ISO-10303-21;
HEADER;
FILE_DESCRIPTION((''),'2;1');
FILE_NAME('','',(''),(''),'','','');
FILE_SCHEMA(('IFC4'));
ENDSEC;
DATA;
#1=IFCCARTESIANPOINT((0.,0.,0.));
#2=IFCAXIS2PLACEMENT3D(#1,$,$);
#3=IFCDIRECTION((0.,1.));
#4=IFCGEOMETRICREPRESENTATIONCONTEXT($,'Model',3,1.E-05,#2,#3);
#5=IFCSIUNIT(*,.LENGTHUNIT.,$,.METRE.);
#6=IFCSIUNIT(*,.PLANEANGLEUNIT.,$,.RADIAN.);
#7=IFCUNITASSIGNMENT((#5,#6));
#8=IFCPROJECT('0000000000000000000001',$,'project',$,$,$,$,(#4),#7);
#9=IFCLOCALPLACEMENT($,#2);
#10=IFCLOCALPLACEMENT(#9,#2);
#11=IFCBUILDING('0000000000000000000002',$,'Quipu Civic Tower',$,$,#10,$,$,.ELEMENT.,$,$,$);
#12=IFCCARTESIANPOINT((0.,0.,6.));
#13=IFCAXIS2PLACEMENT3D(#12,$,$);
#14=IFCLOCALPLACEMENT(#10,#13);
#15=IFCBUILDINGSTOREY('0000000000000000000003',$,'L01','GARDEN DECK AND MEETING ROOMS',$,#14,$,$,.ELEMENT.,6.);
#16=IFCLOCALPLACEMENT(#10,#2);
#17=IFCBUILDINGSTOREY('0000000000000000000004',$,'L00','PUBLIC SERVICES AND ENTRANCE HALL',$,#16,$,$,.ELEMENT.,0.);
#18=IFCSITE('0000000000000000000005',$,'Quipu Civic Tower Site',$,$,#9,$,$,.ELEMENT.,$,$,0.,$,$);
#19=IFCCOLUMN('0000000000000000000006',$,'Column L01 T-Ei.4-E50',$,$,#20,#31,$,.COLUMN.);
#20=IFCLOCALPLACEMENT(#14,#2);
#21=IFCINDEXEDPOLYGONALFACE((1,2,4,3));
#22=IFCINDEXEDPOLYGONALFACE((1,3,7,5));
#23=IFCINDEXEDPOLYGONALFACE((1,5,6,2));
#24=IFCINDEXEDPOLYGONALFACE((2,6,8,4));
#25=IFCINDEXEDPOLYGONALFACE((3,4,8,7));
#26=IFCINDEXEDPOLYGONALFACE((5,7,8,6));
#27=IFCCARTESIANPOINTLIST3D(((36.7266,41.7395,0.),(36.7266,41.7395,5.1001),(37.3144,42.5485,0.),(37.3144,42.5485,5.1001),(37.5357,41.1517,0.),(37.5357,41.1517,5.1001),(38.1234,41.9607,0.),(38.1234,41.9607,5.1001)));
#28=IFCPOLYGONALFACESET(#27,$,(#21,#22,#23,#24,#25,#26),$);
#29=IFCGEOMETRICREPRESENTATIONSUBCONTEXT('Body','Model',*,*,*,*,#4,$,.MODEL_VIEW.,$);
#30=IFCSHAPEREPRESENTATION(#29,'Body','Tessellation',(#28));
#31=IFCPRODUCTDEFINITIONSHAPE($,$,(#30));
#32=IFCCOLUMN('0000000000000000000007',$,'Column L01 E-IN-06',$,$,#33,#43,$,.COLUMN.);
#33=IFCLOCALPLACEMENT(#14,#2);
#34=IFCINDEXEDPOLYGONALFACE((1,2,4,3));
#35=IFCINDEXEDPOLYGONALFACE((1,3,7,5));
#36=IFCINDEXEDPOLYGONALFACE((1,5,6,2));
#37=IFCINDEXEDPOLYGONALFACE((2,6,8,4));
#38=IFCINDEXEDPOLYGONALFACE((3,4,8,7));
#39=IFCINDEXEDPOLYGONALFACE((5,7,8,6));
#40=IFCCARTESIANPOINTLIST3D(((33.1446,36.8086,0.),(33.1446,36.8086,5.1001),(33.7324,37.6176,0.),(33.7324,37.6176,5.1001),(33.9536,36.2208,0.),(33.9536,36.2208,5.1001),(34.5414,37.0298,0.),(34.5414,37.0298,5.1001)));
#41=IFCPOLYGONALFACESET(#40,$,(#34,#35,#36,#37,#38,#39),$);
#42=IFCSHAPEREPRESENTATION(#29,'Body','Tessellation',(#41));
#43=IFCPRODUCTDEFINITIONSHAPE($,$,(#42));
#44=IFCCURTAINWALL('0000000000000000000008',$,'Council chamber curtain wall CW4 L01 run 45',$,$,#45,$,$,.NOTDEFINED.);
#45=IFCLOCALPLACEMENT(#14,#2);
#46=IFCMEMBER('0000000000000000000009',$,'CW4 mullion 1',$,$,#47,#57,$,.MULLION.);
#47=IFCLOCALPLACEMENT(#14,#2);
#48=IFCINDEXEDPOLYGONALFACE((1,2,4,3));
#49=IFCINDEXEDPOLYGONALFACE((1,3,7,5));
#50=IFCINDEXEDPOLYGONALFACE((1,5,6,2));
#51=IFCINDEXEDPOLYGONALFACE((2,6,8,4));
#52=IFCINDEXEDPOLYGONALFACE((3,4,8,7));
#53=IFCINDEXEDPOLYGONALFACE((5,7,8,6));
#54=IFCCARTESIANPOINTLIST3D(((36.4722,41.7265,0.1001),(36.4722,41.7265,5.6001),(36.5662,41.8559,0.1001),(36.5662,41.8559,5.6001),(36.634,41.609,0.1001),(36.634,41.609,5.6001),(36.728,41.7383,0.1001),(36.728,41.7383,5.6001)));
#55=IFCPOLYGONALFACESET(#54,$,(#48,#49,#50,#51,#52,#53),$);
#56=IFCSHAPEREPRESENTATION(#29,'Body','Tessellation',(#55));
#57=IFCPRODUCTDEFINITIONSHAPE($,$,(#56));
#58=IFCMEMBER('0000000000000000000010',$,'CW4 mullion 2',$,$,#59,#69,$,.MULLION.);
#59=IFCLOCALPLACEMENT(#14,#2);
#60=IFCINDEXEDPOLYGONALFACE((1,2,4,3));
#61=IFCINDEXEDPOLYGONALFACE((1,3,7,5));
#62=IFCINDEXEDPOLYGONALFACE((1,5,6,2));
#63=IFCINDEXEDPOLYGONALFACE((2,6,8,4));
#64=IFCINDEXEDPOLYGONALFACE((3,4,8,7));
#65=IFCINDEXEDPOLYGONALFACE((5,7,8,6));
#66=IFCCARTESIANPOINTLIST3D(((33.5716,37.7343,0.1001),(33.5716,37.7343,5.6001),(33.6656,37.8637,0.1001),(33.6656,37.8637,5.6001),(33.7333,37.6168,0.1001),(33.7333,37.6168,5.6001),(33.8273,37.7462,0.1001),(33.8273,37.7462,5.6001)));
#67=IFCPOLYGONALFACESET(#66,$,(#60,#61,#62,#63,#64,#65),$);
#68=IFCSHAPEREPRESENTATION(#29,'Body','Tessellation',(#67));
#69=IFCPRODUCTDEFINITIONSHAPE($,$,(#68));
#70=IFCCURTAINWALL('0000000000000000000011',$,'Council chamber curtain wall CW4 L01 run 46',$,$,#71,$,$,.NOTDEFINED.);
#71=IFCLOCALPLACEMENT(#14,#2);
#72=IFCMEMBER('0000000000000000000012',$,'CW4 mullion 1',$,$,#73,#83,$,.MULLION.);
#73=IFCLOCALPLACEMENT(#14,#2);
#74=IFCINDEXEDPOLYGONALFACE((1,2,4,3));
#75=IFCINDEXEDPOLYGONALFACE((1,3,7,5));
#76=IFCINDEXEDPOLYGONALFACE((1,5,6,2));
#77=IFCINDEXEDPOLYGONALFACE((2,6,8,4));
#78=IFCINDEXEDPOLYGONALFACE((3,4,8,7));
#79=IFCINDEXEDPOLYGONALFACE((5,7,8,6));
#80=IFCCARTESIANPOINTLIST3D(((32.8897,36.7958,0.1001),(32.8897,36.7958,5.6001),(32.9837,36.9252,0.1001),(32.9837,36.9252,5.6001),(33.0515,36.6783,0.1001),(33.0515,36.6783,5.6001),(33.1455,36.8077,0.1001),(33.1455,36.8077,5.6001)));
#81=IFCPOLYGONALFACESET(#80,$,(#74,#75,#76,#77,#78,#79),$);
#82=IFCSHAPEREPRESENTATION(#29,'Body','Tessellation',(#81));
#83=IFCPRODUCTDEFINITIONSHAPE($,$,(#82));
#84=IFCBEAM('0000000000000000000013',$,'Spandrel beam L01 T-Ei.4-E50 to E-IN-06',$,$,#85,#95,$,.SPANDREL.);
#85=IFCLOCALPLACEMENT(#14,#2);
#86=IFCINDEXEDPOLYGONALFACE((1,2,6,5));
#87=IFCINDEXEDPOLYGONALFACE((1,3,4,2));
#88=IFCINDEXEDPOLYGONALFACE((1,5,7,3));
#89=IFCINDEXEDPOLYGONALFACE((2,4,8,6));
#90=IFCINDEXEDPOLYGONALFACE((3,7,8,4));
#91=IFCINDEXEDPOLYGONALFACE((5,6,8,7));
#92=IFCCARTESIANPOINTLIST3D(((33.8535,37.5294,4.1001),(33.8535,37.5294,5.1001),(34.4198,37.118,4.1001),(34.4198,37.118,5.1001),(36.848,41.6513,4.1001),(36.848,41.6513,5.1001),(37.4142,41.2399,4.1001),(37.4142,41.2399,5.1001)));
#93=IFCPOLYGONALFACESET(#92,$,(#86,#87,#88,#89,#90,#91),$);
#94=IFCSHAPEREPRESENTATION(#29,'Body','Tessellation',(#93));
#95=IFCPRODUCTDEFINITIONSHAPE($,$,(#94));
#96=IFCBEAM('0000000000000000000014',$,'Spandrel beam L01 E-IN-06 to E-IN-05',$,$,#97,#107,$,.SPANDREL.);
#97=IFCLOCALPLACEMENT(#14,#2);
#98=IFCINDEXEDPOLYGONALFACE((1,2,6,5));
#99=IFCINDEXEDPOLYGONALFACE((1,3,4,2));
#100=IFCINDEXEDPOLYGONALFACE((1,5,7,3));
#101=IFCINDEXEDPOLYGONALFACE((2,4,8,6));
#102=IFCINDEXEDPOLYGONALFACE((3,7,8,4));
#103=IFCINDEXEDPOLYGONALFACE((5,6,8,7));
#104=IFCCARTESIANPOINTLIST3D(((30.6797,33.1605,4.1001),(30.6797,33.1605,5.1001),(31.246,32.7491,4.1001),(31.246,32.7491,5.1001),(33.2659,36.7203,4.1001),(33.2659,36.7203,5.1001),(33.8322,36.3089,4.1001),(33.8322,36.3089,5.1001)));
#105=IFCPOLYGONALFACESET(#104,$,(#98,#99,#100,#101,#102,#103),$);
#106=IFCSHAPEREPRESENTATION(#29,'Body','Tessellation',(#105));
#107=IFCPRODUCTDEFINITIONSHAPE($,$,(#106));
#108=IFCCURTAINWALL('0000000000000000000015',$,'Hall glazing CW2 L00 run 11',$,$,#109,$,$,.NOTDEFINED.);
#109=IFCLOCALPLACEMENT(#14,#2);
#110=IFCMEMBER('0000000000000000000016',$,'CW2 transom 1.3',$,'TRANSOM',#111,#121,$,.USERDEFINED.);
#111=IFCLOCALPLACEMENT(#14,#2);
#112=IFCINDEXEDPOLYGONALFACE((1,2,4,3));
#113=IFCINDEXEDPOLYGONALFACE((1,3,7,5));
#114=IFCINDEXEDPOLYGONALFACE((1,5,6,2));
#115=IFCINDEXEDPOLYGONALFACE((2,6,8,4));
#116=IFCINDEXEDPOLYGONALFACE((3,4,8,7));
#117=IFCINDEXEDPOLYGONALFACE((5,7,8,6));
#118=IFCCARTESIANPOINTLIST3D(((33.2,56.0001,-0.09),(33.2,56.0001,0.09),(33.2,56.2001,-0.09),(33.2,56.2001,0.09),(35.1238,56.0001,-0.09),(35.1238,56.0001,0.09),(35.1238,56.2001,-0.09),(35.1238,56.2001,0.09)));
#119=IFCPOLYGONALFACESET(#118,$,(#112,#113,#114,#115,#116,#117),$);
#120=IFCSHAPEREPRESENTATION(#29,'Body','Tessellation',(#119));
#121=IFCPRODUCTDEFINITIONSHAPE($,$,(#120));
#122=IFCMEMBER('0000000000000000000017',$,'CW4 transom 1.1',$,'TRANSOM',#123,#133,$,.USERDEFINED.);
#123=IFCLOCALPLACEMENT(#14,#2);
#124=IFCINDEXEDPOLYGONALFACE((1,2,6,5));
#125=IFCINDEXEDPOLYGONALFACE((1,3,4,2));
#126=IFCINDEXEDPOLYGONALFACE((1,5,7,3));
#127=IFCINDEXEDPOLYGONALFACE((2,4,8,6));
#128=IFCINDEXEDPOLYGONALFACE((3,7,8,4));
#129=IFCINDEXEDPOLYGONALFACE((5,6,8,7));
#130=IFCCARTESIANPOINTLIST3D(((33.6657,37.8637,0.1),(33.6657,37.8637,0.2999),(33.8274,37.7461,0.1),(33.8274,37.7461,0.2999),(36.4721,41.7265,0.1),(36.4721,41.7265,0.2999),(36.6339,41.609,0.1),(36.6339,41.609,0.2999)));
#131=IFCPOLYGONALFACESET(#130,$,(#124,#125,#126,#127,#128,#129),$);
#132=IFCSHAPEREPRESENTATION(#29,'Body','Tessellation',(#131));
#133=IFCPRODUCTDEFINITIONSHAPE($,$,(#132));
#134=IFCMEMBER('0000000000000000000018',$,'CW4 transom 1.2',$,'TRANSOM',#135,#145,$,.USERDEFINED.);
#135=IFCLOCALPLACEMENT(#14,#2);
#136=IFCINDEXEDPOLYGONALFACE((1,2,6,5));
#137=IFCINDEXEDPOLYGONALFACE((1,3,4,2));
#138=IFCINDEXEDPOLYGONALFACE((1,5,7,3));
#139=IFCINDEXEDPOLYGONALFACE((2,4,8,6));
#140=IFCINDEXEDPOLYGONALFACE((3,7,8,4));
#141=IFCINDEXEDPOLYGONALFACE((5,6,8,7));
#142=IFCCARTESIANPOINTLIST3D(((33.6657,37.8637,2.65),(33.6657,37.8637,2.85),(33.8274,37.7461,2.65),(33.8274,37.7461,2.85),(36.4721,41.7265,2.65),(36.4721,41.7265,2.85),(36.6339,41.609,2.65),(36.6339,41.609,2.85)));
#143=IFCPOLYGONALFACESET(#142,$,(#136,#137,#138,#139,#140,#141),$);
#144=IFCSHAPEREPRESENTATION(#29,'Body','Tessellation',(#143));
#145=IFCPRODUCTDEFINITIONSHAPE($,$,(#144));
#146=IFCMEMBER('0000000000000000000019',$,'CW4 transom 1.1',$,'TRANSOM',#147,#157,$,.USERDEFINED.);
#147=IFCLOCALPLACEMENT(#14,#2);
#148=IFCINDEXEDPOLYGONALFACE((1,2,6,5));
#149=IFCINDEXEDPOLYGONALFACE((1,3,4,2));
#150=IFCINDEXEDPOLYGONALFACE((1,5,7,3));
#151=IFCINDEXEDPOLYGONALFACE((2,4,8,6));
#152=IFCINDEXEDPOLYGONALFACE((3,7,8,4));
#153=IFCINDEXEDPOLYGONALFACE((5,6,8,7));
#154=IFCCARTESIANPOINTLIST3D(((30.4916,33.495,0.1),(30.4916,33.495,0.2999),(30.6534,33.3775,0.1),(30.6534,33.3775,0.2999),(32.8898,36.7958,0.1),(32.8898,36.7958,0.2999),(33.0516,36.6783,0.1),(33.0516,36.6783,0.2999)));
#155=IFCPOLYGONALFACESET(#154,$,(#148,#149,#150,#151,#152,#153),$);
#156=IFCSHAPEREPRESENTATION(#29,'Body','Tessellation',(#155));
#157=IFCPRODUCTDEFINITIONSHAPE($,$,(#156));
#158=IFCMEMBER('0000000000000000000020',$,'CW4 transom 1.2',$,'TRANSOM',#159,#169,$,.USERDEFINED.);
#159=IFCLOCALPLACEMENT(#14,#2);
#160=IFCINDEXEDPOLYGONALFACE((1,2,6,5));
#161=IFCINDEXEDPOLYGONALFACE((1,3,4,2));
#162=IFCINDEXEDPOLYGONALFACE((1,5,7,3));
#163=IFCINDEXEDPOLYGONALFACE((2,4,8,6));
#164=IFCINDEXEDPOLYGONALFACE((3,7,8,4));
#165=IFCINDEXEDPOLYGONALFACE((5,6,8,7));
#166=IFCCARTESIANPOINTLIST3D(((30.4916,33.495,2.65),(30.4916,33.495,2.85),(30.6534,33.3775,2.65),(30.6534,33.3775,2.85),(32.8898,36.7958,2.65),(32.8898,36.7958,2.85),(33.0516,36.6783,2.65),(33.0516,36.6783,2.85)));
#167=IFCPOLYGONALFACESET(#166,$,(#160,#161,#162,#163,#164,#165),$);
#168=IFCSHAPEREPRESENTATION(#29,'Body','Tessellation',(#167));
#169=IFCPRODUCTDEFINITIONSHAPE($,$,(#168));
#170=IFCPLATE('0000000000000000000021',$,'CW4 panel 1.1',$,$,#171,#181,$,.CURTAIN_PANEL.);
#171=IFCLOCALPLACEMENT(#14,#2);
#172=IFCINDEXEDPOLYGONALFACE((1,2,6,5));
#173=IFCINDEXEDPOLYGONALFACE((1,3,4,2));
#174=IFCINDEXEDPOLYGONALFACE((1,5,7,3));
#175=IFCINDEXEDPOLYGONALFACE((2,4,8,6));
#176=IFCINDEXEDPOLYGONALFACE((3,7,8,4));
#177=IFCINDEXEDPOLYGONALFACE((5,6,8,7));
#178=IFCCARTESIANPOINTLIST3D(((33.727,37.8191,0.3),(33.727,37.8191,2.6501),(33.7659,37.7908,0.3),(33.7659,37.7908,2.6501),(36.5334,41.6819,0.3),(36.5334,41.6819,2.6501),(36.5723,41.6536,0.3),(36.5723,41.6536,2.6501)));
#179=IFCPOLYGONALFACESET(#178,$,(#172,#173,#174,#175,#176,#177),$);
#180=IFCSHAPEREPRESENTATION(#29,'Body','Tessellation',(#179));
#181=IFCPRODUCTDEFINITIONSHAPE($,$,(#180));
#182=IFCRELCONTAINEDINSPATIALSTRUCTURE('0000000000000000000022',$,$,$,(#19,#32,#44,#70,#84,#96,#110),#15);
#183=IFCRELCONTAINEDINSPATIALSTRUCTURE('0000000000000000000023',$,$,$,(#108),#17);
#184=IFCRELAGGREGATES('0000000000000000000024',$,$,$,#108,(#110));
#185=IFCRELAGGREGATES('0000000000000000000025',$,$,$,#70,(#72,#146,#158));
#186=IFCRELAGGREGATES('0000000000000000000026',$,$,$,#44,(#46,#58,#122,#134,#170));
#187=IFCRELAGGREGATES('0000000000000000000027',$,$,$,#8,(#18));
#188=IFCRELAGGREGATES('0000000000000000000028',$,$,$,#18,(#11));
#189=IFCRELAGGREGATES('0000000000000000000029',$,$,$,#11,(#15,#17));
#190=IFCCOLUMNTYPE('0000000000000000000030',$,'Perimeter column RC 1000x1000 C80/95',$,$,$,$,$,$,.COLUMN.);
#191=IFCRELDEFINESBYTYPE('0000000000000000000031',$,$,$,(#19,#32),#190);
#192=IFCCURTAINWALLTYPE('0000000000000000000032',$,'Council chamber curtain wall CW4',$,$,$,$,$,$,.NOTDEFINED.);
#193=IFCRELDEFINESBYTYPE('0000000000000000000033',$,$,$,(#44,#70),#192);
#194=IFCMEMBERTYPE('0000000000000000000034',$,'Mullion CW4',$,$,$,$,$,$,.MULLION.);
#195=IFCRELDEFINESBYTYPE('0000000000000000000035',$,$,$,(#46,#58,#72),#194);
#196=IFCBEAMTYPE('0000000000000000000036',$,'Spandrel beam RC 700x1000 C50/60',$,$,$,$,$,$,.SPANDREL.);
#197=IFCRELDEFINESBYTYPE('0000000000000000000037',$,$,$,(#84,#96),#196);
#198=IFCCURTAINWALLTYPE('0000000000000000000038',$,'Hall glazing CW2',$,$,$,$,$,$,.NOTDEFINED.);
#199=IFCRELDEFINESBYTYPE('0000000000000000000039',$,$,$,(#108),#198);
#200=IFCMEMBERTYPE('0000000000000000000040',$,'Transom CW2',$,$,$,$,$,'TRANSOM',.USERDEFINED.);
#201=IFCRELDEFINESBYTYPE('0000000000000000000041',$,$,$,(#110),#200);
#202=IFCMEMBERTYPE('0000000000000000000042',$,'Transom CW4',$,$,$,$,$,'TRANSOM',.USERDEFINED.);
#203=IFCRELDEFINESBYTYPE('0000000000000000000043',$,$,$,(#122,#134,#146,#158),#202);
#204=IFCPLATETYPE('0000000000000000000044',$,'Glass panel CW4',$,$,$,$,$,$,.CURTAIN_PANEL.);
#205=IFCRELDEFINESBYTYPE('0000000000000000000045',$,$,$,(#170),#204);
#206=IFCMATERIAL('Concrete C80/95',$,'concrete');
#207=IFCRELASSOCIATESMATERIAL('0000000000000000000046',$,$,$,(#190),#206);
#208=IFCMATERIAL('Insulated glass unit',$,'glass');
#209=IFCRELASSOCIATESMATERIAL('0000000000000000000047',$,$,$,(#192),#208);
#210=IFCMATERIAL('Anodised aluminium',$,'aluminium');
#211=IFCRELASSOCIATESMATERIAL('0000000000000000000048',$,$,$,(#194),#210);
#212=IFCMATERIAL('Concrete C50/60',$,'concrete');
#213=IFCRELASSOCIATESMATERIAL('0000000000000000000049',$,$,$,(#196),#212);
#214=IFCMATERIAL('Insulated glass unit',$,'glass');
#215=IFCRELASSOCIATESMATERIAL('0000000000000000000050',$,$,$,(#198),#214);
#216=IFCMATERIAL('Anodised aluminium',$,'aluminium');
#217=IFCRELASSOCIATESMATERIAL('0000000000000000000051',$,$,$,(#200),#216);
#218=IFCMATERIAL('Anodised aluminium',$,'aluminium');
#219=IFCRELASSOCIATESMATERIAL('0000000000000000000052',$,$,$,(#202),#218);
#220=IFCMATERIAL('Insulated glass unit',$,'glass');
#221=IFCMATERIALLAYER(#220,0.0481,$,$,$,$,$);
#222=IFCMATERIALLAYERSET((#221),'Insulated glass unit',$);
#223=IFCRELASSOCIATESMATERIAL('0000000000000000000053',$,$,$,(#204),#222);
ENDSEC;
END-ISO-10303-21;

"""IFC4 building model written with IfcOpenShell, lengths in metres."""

from ifc_helpers import new_model, si_unit, direction, frame, origin, origin_2d, place, context, subcontext, project, spatial, rectangle, extrude, material, layer, layer_set, material_profile, profile_set, type_object, element, aggregate, save


model = new_model("IFC4")

# Units and contexts
model_context = context("Model", 3, precision=1e-05, world=origin(), true_north=direction((0.0, 1.0)))
body_context = subcontext(model_context, "Body", "Model", "MODEL_VIEW")
ifc_project = project(units=[si_unit("LENGTHUNIT", "METRE"), si_unit("PLANEANGLEUNIT", "RADIAN")], contexts=[model_context])

# Site, building, storey
site_placement = place(None, origin())
site = spatial("IfcSite", under=ifc_project, at=site_placement, Name="Quipu Civic Tower Site", CompositionType="ELEMENT", RefElevation=0.0)
building_placement = place(site_placement, origin())
building = spatial("IfcBuilding", under=site, at=building_placement, Name="Quipu Civic Tower", CompositionType="ELEMENT")
storey_1_placement = place(building_placement, frame((0.0, 0.0, 6.0)))
storey_1 = spatial("IfcBuildingStorey", under=building, at=storey_1_placement, Name="L01", Description="GARDEN DECK AND MEETING ROOMS", CompositionType="ELEMENT", Elevation=6.0)

# Columns
ifc_material_1 = material(Name="Concrete C80/95", Category="concrete")
ifc_material_profile_1 = material_profile(ifc_material_1, rectangle(XDim=1.0, YDim=1.0, at=origin_2d()), Name="RC1000x1000")
ifc_profile_set_1 = profile_set([ifc_material_profile_1], Name="Concrete C80/95")
column_type = type_object("IfcColumnType", Name="Perimeter column RC 1000x1000 C80/95", PredefinedType="COLUMN", material=ifc_profile_set_1)
for number, where, z_axis, x_axis, name in (
    (1, (37.425, 41.8501, 0.0), (0.0, 0.0, 1.0), (-0.587785, -0.809017, 0.0), "Column L01 T-Ei.4-E50"),
    (2, (33.843, 36.9192, 0.0), (0.0, 0.0, 1.0), (-0.587785, -0.809017, 0.0), "Column L01 E-IN-06"),
):
    element("IfcColumn", number, at=place(storey_1_placement, frame(where, z_axis=z_axis, x_axis=x_axis)), inside=storey_1, type_object=column_type, Name=name, PredefinedType="COLUMN", context=body_context, shape_type="SweptSolid", body=[
        extrude(rectangle(XDim=1.0, YDim=1.0, at=origin_2d()), origin(), (0.0, 0.0, 1.0), 5.1001),
    ])

# Curtain wall, members
ifc_material_2 = material(Name="Insulated glass unit", Category="glass")
curtain_wall_type_1 = type_object("IfcCurtainWallType", Name="Council chamber curtain wall CW4", PredefinedType="NOTDEFINED", material=ifc_material_2)
curtain_wall_1_placement = place(storey_1_placement, origin())
curtain_wall_1 = element("IfcCurtainWall", 3, at=curtain_wall_1_placement, inside=storey_1, type_object=curtain_wall_type_1, Name="Council chamber curtain wall CW4 L01 run 45", PredefinedType="NOTDEFINED")
ifc_material_3 = material(Name="Anodised aluminium", Category="aluminium")
ifc_material_profile_2 = material_profile(ifc_material_3, rectangle(XDim=0.2, YDim=0.1599, at=origin_2d()), Name="RECT 200x160")
ifc_profile_set_2 = profile_set([ifc_material_profile_2], Name="Anodised aluminium")
member_type_1 = type_object("IfcMemberType", Name="Mullion CW4", PredefinedType="MULLION", material=ifc_profile_set_2)
member_1_placement = place(storey_1_placement, frame((36.6001, 41.7324, 0.1001), z_axis=(0.0, 0.0, 1.0), x_axis=(0.809019, -0.587783, 0.0)))
member_1 = element("IfcMember", 4, at=member_1_placement, type_object=member_type_1, Name="CW4 mullion 1", PredefinedType="MULLION", context=body_context, shape_type="SweptSolid", body=[
    extrude(rectangle(XDim=0.2, YDim=0.1599, at=origin_2d()), origin(), (0.0, 0.0, 1.0), 5.5),
])
member_2_placement = place(storey_1_placement, frame((33.6995, 37.7402, 0.1001), z_axis=(0.0, 0.0, 1.0), x_axis=(0.809019, -0.587783, 0.0)))
member_2 = element("IfcMember", 5, at=member_2_placement, type_object=member_type_1, Name="CW4 mullion 2", PredefinedType="MULLION", context=body_context, shape_type="SweptSolid", body=[
    extrude(rectangle(XDim=0.2, YDim=0.1599, at=origin_2d()), origin(), (0.0, 0.0, 1.0), 5.5),
])

# Curtain wall, member
curtain_wall_2_placement = place(storey_1_placement, origin())
curtain_wall_2 = element("IfcCurtainWall", 6, at=curtain_wall_2_placement, inside=storey_1, type_object=curtain_wall_type_1, Name="Council chamber curtain wall CW4 L01 run 46", PredefinedType="NOTDEFINED")
member_3_placement = place(storey_1_placement, frame((33.0176, 36.8018, 0.1001), z_axis=(0.0, 0.0, 1.0), x_axis=(0.809014, -0.587789, 0.0)))
member_3 = element("IfcMember", 7, at=member_3_placement, type_object=member_type_1, Name="CW4 mullion 1", PredefinedType="MULLION", context=body_context, shape_type="SweptSolid", body=[
    extrude(rectangle(XDim=0.2, YDim=0.1599, at=origin_2d()), origin(), (0.0, 0.0, 1.0), 5.5),
])

# Beams
ifc_material_4 = material(Name="Concrete C50/60", Category="concrete")
ifc_material_profile_3 = material_profile(ifc_material_4, rectangle(XDim=0.7, YDim=1.0, at=origin_2d()), Name="RC700x1000")
ifc_profile_set_3 = profile_set([ifc_material_profile_3], Name="Concrete C50/60")
beam_type = type_object("IfcBeamType", Name="Spandrel beam RC 700x1000 C50/60", PredefinedType="SPANDREL", material=ifc_profile_set_3)
beam_1_placement = place(storey_1_placement, frame((37.1311, 41.4456, 4.6001), z_axis=(-0.587747, -0.809045, 0.0), x_axis=(0.809045, -0.587747, 0.0)))
element("IfcBeam", 8, at=beam_1_placement, inside=storey_1, type_object=beam_type, Name="Spandrel beam L01 T-Ei.4-E50 to E-IN-06", PredefinedType="SPANDREL", context=body_context, shape_type="SweptSolid", body=[
    extrude(rectangle(XDim=0.7, YDim=1.0, at=origin_2d()), origin(), (0.0, 0.0, 1.0), 5.0947),
])
beam_2_placement = place(storey_1_placement, frame((33.5491, 36.5146, 4.6001), z_axis=(-0.587759, -0.809036, 0.0), x_axis=(0.809036, -0.587759, 0.0)))
element("IfcBeam", 9, at=beam_2_placement, inside=storey_1, type_object=beam_type, Name="Spandrel beam L01 E-IN-06 to E-IN-05", PredefinedType="SPANDREL", context=body_context, shape_type="SweptSolid", body=[
    extrude(rectangle(XDim=0.7, YDim=1.0, at=origin_2d()), origin(), (0.0, 0.0, 1.0), 4.4001),
])

# Shared definitions
storey_2_placement = place(building_placement, origin())
storey_2 = spatial("IfcBuildingStorey", under=building, at=storey_2_placement, Name="L00", Description="PUBLIC SERVICES AND ENTRANCE HALL", CompositionType="ELEMENT", Elevation=0.0)

# Curtain wall, member
ifc_material_5 = material(Name="Insulated glass unit", Category="glass")
curtain_wall_type_2 = type_object("IfcCurtainWallType", Name="Hall glazing CW2", PredefinedType="NOTDEFINED", material=ifc_material_5)
curtain_wall_3_placement = place(storey_2_placement, origin())
curtain_wall_3 = element("IfcCurtainWall", 10, at=curtain_wall_3_placement, inside=storey_2, type_object=curtain_wall_type_2, Name="Hall glazing CW2 L00 run 11", PredefinedType="NOTDEFINED")
ifc_material_6 = material(Name="Anodised aluminium", Category="aluminium")
ifc_material_profile_4 = material_profile(ifc_material_6, rectangle(XDim=0.2, YDim=0.1799, at=origin_2d()), Name="RECT 200x180")
ifc_profile_set_4 = profile_set([ifc_material_profile_4], Name="Anodised aluminium")
member_type_2 = type_object("IfcMemberType", Name="Transom CW2", ElementType="TRANSOM", PredefinedType="USERDEFINED", material=ifc_profile_set_4)
member_4_placement = place(storey_1_placement, frame((35.1238, 56.1001, 0.0), z_axis=(-1.0, 0.0, 0.0), x_axis=(0.0, -1.0, 0.0)))
member_4 = element("IfcMember", 11, at=member_4_placement, inside=storey_1, type_object=member_type_2, Name="CW2 transom 1.3", ObjectType="TRANSOM", PredefinedType="USERDEFINED", context=body_context, shape_type="SweptSolid", body=[
    extrude(rectangle(XDim=0.2, YDim=0.1799, at=origin_2d()), origin(), (0.0, 0.0, 1.0), 1.9238),
])
aggregate(curtain_wall_3, [member_4])

# Members
ifc_material_7 = material(Name="Anodised aluminium", Category="aluminium")
ifc_material_profile_5 = material_profile(ifc_material_7, rectangle(XDim=0.2, YDim=0.2, at=origin_2d()), Name="RECT 200x200")
ifc_profile_set_5 = profile_set([ifc_material_profile_5], Name="Anodised aluminium")
member_type_3 = type_object("IfcMemberType", Name="Transom CW4", ElementType="TRANSOM", PredefinedType="USERDEFINED", material=ifc_profile_set_5)
member_5_placement = place(storey_1_placement, frame((36.553, 41.6677, 0.2), z_axis=(-0.587773, -0.809026, 0.0), x_axis=(0.809026, -0.587773, 0.0)))
member_5 = element("IfcMember", 12, at=member_5_placement, type_object=member_type_3, Name="CW4 transom 1.1", ObjectType="TRANSOM", PredefinedType="USERDEFINED", context=body_context, shape_type="SweptSolid", body=[
    extrude(rectangle(XDim=0.2, YDim=0.2, at=origin_2d()), origin(), (0.0, 0.0, 1.0), 4.7747),
])
member_6_placement = place(storey_1_placement, frame((36.553, 41.6677, 2.75), z_axis=(-0.587773, -0.809026, 0.0), x_axis=(0.809026, -0.587773, 0.0)))
member_6 = element("IfcMember", 13, at=member_6_placement, type_object=member_type_3, Name="CW4 transom 1.2", ObjectType="TRANSOM", PredefinedType="USERDEFINED", context=body_context, shape_type="SweptSolid", body=[
    extrude(rectangle(XDim=0.2, YDim=0.2, at=origin_2d()), origin(), (0.0, 0.0, 1.0), 4.7747),
])
member_7_placement = place(storey_1_placement, frame((32.9707, 36.7371, 0.2), z_axis=(-0.587791, -0.809013, 0.0), x_axis=(0.809013, -0.587791, 0.0)))
member_7 = element("IfcMember", 14, at=member_7_placement, type_object=member_type_3, Name="CW4 transom 1.1", ObjectType="TRANSOM", PredefinedType="USERDEFINED", context=body_context, shape_type="SweptSolid", body=[
    extrude(rectangle(XDim=0.2, YDim=0.2, at=origin_2d()), origin(), (0.0, 0.0, 1.0), 4.0801),
])
member_8_placement = place(storey_1_placement, frame((32.9707, 36.7371, 2.75), z_axis=(-0.587791, -0.809013, 0.0), x_axis=(0.809013, -0.587791, 0.0)))
member_8 = element("IfcMember", 15, at=member_8_placement, type_object=member_type_3, Name="CW4 transom 1.2", ObjectType="TRANSOM", PredefinedType="USERDEFINED", context=body_context, shape_type="SweptSolid", body=[
    extrude(rectangle(XDim=0.2, YDim=0.2, at=origin_2d()), origin(), (0.0, 0.0, 1.0), 4.0801),
])
aggregate(curtain_wall_2, [member_3, member_7, member_8])

# Plate
ifc_material_8 = material(Name="Insulated glass unit", Category="glass")
ifc_layer = layer(ifc_material_8, 0.0481)
ifc_layer_set = layer_set([ifc_layer], Name="Insulated glass unit")
plate_type_1 = type_object("IfcPlateType", Name="Glass panel CW4", PredefinedType="CURTAIN_PANEL", material=ifc_layer_set)
plate_1_placement = place(storey_1_placement, frame((35.1497, 39.7363, 0.3), z_axis=(0.0, 0.0, 1.0), x_axis=(-0.587783, -0.809019, 0.0)))
plate_1 = element("IfcPlate", 16, at=plate_1_placement, type_object=plate_type_1, Name="CW4 panel 1.1", PredefinedType="CURTAIN_PANEL", context=body_context, shape_type="SweptSolid", body=[
    extrude(rectangle(XDim=4.7747, YDim=0.0481, at=origin_2d()), origin(), (0.0, 0.0, 1.0), 2.3501),
])
aggregate(curtain_wall_1, [member_1, member_2, member_5, member_6, plate_1])

save(model, "model.ifc")
